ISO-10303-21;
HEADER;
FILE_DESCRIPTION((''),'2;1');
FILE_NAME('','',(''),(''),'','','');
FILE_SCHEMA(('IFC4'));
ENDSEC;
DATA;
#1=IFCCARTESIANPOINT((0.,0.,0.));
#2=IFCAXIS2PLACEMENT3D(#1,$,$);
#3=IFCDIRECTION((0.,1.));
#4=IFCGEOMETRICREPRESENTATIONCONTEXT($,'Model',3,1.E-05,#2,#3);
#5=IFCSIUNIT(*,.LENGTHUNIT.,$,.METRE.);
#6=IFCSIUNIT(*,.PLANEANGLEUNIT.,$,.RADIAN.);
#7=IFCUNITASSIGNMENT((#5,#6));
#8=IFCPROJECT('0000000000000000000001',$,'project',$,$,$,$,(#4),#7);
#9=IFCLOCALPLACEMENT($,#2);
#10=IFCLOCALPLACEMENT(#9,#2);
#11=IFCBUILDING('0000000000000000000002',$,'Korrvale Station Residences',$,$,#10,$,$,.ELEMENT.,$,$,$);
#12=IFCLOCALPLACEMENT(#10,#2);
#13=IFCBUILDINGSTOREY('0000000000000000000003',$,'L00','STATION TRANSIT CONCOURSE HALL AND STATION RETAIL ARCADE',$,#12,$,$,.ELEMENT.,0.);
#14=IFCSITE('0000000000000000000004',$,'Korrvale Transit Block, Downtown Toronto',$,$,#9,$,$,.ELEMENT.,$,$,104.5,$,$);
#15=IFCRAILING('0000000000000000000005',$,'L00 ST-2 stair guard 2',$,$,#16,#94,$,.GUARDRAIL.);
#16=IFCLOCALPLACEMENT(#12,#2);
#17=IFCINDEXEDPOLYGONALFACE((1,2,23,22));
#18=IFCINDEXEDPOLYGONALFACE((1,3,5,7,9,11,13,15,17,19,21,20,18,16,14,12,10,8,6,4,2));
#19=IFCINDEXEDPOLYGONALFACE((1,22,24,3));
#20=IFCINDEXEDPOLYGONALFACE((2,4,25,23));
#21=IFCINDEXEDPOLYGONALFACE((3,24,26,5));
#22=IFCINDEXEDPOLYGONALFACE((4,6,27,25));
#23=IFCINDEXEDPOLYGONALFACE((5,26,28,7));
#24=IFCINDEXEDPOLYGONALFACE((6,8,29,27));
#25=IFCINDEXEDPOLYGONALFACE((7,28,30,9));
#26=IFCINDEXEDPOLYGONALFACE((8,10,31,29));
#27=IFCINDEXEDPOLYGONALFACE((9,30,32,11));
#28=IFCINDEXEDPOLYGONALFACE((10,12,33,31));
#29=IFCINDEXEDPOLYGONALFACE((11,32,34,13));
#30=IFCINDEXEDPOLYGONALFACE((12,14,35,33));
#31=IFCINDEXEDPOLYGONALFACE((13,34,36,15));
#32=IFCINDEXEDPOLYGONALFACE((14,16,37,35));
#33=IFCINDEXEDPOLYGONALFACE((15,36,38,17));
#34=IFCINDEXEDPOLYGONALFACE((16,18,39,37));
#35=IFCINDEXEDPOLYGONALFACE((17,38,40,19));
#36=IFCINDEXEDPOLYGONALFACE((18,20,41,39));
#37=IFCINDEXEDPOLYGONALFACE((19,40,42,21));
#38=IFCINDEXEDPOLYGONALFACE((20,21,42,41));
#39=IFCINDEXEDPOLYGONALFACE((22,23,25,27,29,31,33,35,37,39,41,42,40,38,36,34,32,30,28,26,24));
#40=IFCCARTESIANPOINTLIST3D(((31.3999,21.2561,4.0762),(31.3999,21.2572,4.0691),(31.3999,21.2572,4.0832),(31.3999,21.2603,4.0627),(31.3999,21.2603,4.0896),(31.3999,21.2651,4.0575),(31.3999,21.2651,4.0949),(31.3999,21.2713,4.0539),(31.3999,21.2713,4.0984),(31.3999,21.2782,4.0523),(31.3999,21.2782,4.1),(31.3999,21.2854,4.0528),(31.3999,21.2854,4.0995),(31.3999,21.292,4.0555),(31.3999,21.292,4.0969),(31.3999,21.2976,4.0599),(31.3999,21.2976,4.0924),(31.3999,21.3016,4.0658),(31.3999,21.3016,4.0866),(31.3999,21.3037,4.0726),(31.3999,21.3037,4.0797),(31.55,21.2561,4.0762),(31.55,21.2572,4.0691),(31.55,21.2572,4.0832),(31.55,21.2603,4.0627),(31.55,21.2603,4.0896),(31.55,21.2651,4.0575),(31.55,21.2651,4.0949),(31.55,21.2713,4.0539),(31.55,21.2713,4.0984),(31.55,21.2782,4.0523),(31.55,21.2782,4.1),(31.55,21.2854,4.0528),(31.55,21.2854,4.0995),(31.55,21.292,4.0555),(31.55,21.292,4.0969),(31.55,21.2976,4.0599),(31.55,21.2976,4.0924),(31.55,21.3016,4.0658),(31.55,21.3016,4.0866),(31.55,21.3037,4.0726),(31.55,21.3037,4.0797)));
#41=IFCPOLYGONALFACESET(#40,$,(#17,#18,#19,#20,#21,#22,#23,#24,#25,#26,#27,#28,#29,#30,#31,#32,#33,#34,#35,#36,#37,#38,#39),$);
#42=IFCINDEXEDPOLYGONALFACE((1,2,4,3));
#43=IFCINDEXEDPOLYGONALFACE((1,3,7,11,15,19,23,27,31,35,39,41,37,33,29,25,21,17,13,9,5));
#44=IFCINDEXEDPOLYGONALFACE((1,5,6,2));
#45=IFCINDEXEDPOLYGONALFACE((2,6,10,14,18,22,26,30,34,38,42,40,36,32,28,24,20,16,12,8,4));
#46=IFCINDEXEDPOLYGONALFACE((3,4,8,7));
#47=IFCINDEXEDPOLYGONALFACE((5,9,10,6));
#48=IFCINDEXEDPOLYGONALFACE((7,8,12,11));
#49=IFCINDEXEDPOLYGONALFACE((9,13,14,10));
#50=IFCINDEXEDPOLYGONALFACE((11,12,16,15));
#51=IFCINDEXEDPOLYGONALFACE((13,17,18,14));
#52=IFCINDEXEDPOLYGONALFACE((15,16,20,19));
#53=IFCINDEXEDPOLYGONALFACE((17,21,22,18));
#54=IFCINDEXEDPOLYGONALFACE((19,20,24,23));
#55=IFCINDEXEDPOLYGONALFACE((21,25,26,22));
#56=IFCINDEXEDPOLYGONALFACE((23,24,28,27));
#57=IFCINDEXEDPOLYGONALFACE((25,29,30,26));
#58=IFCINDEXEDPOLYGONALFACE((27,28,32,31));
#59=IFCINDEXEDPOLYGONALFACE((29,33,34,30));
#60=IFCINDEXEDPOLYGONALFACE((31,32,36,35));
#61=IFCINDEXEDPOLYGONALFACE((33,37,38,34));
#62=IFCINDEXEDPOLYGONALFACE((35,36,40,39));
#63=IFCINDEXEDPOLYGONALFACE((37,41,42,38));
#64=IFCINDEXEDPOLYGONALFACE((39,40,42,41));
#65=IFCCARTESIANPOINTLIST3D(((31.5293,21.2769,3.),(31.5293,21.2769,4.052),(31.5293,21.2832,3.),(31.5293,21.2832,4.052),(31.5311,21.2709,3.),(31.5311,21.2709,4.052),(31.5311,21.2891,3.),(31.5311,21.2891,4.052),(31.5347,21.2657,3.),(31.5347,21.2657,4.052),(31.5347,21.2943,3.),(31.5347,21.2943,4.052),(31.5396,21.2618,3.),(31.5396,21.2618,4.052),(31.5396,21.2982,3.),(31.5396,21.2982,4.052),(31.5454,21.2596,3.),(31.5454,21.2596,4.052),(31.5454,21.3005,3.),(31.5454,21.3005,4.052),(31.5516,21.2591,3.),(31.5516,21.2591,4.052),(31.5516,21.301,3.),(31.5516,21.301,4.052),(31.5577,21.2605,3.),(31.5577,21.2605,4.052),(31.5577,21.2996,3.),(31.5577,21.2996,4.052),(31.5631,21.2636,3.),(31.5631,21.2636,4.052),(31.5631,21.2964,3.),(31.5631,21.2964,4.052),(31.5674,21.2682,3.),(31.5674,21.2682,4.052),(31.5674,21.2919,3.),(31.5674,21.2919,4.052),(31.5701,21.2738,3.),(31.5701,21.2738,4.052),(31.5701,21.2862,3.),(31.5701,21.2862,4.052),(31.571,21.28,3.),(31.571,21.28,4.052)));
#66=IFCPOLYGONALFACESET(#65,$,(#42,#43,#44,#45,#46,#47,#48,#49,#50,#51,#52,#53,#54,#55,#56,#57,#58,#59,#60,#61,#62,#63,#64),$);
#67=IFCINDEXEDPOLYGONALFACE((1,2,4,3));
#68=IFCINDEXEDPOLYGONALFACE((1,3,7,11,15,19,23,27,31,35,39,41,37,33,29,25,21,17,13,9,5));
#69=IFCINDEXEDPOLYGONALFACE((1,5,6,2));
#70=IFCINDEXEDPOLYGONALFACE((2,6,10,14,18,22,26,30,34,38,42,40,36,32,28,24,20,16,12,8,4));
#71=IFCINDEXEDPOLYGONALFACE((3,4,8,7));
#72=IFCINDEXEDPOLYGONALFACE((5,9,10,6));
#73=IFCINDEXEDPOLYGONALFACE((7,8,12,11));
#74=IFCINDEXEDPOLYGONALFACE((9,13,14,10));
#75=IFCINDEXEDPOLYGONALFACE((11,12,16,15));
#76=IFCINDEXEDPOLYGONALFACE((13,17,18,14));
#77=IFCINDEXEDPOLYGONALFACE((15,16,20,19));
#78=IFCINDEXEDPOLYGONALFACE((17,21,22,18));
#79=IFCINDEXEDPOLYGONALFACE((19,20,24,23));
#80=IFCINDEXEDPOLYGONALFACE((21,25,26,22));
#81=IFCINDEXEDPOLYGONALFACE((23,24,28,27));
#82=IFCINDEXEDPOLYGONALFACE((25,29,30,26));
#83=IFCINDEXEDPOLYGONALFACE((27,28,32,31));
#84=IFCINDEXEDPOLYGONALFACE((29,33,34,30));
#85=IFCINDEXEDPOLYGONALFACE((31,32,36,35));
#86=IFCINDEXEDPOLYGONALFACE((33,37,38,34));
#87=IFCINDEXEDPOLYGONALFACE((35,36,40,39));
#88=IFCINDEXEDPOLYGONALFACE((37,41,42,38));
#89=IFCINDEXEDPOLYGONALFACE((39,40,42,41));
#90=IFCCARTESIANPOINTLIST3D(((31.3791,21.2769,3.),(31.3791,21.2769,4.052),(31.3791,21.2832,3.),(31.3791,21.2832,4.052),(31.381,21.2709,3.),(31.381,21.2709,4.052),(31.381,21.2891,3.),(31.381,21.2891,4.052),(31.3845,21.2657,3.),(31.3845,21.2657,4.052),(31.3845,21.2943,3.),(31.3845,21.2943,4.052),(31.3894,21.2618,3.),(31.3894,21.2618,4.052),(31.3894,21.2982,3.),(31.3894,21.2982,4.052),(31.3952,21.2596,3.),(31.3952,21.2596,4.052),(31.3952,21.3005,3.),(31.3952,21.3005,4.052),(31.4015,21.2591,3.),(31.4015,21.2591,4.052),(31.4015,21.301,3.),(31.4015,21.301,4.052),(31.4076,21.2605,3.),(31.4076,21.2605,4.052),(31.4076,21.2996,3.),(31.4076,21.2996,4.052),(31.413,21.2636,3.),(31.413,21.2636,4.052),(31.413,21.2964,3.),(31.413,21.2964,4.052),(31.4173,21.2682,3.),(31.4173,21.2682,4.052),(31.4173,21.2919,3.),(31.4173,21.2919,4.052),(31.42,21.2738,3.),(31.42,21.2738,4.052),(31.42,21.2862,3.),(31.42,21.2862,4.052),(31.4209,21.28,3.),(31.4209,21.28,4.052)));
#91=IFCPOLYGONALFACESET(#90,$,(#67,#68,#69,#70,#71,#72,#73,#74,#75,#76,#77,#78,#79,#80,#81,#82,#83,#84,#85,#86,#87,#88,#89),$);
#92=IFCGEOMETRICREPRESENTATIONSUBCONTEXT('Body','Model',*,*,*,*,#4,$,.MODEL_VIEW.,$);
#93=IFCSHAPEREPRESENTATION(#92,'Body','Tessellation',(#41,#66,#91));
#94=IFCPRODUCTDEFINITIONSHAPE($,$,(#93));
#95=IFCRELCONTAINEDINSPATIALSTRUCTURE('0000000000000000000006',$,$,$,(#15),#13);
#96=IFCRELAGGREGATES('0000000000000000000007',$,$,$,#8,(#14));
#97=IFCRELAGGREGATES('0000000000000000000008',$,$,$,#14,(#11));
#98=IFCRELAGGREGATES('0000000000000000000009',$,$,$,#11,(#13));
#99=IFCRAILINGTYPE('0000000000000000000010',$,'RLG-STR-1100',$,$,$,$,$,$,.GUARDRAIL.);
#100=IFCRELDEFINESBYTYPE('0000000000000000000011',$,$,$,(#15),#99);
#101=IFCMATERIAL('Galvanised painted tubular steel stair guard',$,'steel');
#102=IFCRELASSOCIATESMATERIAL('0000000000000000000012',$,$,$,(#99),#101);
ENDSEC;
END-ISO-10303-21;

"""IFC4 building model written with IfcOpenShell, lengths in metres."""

from ifc_helpers import new_model, si_unit, direction, frame, origin, origin_2d, place, context, subcontext, project, spatial, circle, extrude, material, type_object, element, save


model = new_model("IFC4")

# Units and contexts
model_context = context("Model", 3, precision=1e-05, world=origin(), true_north=direction((0.0, 1.0)))
body_context = subcontext(model_context, "Body", "Model", "MODEL_VIEW")
ifc_project = project(units=[si_unit("LENGTHUNIT", "METRE"), si_unit("PLANEANGLEUNIT", "RADIAN")], contexts=[model_context])

# Site, building, storey
site_placement = place(None, origin())
site = spatial("IfcSite", under=ifc_project, at=site_placement, Name="Korrvale Transit Block, Downtown Toronto", CompositionType="ELEMENT", RefElevation=104.5)
building_placement = place(site_placement, origin())
building = spatial("IfcBuilding", under=site, at=building_placement, Name="Korrvale Station Residences", CompositionType="ELEMENT")
storey_placement = place(building_placement, origin())
storey = spatial("IfcBuildingStorey", under=building, at=storey_placement, Name="L00", Description="STATION TRANSIT CONCOURSE HALL AND STATION RETAIL ARCADE", CompositionType="ELEMENT", Elevation=0.0)

# Railing
ifc_material_1 = material(Name="Galvanised painted tubular steel stair guard", Category="steel")
railing_type_1 = type_object("IfcRailingType", Name="RLG-STR-1100", PredefinedType="GUARDRAIL", material=ifc_material_1)
railing_1_placement = place(storey_placement, frame((31.55, 21.28, 3.0)))
element("IfcRailing", 1, at=railing_1_placement, inside=storey, type_object=railing_type_1, Name="L00 ST-2 stair guard 2", PredefinedType="GUARDRAIL", context=body_context, shape_type="SweptSolid", body=[
    extrude(circle(Radius=0.0239, at=origin_2d()), frame((0.0, 0.0, 1.0762), z_axis=(-1.0, 0.0, 0.0), x_axis=(0.0, -1.0, 0.0)), (0.0, 0.0, 1.0), 0.1501),
    extrude(circle(Radius=0.021, at=origin_2d()), origin(), (0.0, 0.0, 1.0), 1.052),
    extrude(circle(Radius=0.021, at=origin_2d()), frame((-0.1501, 0.0, 0.0)), (0.0, 0.0, 1.0), 1.052),
])

save(model, "model.ifc")
